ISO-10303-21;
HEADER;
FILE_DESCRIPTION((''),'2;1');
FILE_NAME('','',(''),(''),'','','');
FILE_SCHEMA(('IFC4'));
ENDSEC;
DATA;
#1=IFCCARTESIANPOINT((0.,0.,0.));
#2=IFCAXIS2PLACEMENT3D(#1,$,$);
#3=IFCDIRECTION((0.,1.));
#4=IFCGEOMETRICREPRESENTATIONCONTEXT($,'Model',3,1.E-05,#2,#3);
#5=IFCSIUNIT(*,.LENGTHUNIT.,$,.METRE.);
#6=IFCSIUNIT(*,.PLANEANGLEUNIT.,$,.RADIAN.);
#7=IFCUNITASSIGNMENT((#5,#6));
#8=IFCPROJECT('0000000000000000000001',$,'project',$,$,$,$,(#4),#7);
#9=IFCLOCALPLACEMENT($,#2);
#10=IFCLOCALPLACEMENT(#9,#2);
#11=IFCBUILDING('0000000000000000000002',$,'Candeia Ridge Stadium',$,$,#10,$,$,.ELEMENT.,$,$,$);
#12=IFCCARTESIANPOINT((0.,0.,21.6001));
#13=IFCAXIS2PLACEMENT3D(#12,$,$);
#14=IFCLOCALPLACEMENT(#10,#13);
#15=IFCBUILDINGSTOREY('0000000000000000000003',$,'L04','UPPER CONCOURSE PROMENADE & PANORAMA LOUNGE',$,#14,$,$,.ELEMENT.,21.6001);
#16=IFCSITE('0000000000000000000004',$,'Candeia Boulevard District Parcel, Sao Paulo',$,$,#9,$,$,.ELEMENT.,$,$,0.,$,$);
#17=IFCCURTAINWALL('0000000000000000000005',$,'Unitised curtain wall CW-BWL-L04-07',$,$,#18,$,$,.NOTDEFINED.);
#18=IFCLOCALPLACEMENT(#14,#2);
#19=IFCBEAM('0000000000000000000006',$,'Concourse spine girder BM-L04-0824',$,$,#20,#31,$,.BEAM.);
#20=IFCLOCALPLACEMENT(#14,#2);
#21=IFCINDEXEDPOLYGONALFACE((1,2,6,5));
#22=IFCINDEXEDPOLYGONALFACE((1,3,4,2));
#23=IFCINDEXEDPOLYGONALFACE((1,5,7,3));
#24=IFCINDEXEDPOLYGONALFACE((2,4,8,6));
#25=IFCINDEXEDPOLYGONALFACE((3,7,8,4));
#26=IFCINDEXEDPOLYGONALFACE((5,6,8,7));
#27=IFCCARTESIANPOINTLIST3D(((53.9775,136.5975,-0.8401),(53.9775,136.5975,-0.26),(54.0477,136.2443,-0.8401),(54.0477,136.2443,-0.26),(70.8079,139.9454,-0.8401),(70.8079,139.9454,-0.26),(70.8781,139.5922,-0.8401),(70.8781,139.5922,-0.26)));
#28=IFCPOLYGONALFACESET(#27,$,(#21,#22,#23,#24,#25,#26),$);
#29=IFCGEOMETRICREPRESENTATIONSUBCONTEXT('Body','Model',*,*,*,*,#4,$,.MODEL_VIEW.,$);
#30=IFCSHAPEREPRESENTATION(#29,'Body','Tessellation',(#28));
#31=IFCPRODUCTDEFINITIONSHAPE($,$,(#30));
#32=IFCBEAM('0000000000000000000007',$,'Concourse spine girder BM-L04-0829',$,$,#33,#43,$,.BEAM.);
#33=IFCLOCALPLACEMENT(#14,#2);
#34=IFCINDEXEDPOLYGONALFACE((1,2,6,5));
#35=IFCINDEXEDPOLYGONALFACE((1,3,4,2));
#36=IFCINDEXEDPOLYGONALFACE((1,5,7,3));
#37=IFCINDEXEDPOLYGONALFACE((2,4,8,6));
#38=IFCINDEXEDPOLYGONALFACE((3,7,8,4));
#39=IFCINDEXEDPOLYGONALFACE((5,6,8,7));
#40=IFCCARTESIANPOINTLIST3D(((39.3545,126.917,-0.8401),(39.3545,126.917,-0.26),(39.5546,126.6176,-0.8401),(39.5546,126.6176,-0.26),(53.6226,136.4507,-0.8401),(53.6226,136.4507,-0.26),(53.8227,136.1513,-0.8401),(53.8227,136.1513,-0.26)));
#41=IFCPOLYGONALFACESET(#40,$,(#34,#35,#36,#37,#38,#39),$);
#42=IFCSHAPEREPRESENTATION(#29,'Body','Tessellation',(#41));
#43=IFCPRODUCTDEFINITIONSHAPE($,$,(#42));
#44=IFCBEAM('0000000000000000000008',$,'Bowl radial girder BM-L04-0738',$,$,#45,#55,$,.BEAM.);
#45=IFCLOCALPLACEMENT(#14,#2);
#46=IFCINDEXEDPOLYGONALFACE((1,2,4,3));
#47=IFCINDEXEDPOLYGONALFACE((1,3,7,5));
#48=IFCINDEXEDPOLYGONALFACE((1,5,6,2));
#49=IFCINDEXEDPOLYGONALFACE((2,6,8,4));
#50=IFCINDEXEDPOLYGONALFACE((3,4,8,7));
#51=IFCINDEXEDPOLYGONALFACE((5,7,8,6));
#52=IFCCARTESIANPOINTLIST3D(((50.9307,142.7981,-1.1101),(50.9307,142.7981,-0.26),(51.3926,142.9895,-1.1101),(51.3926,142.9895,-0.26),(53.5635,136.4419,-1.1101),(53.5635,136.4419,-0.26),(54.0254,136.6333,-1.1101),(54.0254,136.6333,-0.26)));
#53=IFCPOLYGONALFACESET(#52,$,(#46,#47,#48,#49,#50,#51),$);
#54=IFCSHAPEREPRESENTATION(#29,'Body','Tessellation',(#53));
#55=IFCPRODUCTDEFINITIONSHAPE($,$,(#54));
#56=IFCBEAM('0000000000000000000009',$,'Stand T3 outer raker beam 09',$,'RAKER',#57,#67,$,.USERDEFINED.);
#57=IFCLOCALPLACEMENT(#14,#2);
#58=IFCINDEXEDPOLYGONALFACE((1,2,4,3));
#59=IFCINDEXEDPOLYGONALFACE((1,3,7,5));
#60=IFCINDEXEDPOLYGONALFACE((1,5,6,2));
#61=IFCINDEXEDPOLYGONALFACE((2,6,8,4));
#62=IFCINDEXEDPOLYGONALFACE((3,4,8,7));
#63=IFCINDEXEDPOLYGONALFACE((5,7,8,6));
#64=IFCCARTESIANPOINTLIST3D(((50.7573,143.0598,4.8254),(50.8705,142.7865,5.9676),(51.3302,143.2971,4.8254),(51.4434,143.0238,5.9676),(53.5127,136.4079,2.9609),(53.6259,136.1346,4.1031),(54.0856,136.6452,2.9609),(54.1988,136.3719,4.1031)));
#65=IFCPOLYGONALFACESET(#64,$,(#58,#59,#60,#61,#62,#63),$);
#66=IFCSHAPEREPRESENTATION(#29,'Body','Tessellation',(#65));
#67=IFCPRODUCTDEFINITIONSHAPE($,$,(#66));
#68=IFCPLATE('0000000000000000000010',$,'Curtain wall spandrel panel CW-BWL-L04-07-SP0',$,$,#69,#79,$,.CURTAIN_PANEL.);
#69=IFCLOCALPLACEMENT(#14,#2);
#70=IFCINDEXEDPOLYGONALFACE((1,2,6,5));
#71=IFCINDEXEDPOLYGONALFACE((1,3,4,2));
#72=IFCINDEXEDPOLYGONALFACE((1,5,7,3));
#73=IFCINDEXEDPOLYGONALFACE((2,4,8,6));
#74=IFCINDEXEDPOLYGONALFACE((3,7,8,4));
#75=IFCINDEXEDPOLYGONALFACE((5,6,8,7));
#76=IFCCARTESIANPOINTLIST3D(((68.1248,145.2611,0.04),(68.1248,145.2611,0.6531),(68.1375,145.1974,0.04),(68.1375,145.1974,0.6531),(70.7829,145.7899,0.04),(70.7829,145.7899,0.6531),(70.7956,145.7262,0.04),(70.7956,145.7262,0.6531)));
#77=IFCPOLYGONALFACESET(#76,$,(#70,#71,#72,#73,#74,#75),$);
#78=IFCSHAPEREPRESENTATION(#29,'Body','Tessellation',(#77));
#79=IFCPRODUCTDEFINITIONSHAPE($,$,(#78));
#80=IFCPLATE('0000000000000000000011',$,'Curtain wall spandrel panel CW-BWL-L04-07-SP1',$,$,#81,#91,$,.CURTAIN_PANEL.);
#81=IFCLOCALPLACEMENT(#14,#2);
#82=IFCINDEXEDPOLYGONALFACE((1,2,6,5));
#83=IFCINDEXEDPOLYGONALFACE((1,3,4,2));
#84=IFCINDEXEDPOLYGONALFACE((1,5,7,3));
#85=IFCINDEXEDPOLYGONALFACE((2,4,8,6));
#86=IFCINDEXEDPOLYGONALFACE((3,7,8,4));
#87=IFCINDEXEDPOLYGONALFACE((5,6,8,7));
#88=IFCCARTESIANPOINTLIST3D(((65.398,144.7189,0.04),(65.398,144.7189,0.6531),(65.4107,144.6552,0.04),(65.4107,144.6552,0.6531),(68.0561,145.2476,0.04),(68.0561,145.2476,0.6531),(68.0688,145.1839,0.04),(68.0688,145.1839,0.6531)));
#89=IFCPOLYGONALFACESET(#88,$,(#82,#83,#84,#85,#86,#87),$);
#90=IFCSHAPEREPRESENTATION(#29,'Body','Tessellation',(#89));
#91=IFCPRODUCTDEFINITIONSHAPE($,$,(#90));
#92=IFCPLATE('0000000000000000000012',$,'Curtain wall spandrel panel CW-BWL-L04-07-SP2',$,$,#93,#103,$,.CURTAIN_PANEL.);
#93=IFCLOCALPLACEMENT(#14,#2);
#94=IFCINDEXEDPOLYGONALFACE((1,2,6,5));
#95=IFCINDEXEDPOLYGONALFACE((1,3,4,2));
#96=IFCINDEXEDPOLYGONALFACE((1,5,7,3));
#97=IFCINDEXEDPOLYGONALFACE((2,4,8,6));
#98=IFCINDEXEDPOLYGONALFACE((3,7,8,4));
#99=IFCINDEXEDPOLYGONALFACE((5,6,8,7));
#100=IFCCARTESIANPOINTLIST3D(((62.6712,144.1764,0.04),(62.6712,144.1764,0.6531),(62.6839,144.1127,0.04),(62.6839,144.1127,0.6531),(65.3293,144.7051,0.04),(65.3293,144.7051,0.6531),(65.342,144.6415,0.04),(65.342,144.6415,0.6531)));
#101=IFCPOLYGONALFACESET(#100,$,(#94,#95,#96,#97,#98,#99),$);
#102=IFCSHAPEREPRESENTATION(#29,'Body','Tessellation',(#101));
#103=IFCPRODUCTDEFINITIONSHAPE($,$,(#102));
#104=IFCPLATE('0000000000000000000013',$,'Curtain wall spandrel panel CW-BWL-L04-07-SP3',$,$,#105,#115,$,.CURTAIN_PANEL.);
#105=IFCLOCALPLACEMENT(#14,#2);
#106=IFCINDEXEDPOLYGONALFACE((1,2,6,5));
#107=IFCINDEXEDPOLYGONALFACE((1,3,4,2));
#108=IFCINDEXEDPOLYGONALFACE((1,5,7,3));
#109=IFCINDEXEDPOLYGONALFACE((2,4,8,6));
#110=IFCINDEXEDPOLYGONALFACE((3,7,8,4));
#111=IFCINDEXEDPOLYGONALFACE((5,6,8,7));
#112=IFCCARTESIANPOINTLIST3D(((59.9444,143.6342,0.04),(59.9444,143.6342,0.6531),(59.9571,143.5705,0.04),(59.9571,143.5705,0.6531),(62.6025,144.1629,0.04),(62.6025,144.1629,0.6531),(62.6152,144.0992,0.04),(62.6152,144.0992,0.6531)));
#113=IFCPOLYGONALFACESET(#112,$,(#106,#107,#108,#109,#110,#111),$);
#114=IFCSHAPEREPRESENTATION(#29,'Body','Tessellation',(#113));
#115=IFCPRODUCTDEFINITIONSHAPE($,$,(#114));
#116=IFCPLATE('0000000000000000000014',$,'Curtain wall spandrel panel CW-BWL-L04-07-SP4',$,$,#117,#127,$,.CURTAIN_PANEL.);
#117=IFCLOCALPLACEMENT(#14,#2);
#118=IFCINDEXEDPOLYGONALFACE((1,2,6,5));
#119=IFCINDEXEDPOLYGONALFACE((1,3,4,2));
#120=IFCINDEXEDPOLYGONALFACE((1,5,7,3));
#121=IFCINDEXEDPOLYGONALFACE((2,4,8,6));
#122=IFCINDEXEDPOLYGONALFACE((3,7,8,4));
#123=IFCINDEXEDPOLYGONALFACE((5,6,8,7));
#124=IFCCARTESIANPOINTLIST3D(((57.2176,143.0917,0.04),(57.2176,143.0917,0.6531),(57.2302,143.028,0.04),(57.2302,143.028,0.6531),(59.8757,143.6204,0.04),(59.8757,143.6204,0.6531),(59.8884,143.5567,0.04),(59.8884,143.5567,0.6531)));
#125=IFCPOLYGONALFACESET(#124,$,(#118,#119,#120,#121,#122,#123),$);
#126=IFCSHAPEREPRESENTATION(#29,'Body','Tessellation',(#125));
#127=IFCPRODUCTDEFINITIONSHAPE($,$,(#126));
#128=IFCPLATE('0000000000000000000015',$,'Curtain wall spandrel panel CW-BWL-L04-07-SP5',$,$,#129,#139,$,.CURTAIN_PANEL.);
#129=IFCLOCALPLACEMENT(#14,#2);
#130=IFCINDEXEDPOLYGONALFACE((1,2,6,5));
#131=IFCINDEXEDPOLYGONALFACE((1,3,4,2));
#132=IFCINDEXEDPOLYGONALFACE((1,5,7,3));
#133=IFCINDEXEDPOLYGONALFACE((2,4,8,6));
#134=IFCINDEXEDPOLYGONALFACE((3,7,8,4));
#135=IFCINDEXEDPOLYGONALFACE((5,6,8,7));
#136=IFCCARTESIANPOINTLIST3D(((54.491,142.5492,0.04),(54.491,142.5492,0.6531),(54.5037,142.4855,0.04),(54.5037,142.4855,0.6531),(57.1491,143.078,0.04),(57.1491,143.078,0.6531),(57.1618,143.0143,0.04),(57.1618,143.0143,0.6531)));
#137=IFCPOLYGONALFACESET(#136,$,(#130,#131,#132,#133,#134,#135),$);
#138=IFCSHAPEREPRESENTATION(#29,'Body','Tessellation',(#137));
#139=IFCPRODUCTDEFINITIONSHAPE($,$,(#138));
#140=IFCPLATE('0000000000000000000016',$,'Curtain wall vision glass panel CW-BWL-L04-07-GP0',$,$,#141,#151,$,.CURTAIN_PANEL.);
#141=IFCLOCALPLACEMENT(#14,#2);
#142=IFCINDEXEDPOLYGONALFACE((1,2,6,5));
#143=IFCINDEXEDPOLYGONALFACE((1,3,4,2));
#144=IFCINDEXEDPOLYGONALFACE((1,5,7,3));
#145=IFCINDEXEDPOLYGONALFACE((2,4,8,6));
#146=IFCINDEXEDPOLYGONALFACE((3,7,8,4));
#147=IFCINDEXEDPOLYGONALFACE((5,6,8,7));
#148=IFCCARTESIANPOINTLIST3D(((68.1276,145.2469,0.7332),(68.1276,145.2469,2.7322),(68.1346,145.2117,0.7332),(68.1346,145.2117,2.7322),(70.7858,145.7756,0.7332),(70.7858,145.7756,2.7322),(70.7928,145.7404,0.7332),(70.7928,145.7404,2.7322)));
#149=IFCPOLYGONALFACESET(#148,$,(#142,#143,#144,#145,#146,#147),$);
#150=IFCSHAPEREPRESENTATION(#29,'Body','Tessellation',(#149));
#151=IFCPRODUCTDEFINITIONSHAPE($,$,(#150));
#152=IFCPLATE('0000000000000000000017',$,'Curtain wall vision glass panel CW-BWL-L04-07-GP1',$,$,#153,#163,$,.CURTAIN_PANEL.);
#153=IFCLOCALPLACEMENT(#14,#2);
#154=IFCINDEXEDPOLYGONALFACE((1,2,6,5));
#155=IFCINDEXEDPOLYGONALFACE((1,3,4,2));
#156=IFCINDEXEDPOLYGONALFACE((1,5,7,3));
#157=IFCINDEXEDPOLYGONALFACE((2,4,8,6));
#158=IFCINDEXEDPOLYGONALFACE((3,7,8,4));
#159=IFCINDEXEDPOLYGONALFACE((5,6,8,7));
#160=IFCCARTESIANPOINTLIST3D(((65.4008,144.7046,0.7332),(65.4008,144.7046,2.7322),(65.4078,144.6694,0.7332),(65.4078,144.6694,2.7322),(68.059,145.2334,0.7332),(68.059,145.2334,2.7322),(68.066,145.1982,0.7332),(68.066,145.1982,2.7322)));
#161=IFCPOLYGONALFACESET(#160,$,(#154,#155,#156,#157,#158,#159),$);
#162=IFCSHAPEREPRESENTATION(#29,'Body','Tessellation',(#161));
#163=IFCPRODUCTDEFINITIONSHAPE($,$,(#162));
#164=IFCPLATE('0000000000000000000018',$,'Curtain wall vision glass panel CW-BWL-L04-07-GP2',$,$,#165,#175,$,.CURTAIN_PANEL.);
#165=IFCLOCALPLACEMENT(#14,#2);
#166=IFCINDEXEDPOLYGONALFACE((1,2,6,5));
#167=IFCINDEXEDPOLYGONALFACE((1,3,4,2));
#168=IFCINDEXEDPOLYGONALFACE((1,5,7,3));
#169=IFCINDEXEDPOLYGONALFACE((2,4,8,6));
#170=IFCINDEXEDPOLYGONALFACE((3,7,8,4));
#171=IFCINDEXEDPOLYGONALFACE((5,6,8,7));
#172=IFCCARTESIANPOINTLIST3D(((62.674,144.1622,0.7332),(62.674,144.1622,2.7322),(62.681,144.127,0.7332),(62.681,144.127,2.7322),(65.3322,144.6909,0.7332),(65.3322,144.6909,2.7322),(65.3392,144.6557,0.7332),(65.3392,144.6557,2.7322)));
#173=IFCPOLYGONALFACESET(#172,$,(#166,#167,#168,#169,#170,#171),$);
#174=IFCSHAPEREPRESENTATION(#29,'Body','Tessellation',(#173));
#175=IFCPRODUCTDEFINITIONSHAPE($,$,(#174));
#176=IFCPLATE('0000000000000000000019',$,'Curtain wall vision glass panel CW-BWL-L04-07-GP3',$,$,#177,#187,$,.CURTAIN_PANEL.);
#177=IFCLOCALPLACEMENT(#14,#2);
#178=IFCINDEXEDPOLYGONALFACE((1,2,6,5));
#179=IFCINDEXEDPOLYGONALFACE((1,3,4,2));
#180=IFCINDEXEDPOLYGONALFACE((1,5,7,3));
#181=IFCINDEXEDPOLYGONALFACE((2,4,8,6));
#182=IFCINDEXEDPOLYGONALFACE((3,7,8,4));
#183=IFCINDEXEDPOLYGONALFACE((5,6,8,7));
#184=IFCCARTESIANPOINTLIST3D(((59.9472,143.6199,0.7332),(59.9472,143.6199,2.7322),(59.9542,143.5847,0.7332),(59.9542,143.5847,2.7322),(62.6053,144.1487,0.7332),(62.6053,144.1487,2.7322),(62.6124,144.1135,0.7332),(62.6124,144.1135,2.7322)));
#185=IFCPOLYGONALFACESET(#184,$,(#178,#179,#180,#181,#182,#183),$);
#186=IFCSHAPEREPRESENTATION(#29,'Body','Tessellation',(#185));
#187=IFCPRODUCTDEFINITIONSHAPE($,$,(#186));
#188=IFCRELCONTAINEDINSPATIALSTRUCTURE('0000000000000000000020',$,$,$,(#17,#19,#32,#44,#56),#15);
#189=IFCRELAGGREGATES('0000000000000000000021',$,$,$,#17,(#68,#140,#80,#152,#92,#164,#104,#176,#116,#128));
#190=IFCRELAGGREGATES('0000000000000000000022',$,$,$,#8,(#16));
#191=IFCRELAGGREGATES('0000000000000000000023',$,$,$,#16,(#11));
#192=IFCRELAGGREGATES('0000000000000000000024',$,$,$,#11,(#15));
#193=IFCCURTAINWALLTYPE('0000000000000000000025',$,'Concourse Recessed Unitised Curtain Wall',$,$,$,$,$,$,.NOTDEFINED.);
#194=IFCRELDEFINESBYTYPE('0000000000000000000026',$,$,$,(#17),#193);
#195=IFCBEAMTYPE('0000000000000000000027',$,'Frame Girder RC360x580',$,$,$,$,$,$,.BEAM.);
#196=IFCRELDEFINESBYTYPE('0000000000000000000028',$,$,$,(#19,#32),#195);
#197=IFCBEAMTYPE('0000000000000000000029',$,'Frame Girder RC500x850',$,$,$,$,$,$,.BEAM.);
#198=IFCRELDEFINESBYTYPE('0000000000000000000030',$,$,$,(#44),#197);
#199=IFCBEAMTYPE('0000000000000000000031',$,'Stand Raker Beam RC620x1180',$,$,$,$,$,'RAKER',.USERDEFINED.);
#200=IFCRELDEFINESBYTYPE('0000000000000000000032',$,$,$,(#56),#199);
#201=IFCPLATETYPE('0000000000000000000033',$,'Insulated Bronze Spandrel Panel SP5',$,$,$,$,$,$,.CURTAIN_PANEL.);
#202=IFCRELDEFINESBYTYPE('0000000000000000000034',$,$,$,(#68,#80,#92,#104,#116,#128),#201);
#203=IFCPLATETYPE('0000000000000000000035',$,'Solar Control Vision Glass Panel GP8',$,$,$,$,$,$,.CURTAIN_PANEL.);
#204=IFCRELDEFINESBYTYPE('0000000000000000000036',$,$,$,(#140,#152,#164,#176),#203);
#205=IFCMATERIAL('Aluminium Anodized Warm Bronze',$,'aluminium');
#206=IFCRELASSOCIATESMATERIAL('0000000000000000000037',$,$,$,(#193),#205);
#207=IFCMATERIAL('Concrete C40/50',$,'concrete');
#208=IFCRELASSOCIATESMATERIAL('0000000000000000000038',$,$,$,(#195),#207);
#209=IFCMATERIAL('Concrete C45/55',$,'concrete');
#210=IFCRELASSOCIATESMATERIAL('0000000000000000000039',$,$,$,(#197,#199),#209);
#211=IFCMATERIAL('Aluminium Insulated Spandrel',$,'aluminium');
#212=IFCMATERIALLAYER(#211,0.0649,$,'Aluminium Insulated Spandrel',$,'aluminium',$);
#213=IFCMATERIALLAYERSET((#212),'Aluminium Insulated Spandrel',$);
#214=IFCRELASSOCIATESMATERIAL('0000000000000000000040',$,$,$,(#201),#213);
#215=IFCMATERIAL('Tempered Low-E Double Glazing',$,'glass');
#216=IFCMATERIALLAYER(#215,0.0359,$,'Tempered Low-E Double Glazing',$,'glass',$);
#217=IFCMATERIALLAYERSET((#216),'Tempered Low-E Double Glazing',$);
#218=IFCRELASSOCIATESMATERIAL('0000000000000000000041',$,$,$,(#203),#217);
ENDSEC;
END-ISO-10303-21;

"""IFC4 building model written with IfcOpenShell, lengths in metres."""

from ifc_helpers import new_model, si_unit, direction, frame, origin, origin_2d, place, context, subcontext, project, spatial, rectangle, extrude, material, layer, layer_set, material_profile, profile_set, type_object, element, aggregate, save


model = new_model("IFC4")

# Units and contexts
model_context = context("Model", 3, precision=1e-05, world=origin(), true_north=direction((0.0, 1.0)))
body_context = subcontext(model_context, "Body", "Model", "MODEL_VIEW")
ifc_project = project(units=[si_unit("LENGTHUNIT", "METRE"), si_unit("PLANEANGLEUNIT", "RADIAN")], contexts=[model_context])

# Site, building, storey
site_placement = place(None, origin())
site = spatial("IfcSite", under=ifc_project, at=site_placement, Name="Candeia Boulevard District Parcel, Sao Paulo", CompositionType="ELEMENT", RefElevation=0.0)
building_placement = place(site_placement, origin())
building = spatial("IfcBuilding", under=site, at=building_placement, Name="Candeia Ridge Stadium", CompositionType="ELEMENT")
storey_placement = place(building_placement, frame((0.0, 0.0, 21.6001)))
storey = spatial("IfcBuildingStorey", under=building, at=storey_placement, Name="L04", Description="UPPER CONCOURSE PROMENADE & PANORAMA LOUNGE", CompositionType="ELEMENT", Elevation=21.6001)

# Shared definitions
ifc_material_1 = material(Name="Concrete C45/55", Category="concrete")

# Shared definitions
ifc_material_2 = material(Name="Concrete C40/50", Category="concrete")

# Curtain wall
ifc_material_3 = material(Name="Aluminium Anodized Warm Bronze", Category="aluminium")
curtain_wall_type = type_object("IfcCurtainWallType", Name="Concourse Recessed Unitised Curtain Wall", PredefinedType="NOTDEFINED", material=ifc_material_3)
curtain_wall_placement = place(storey_placement, origin())
curtain_wall = element("IfcCurtainWall", 1, at=curtain_wall_placement, inside=storey, type_object=curtain_wall_type, Name="Unitised curtain wall CW-BWL-L04-07", PredefinedType="NOTDEFINED")

# Beams
ifc_material_profile_1 = material_profile(ifc_material_2, rectangle(XDim=0.3601, YDim=0.5801, at=origin_2d()), Name="RC360x580", Category="concrete")
ifc_profile_set_1 = profile_set([ifc_material_profile_1], Name="Concrete C40/50")
beam_type_1 = type_object("IfcBeamType", Name="Frame Girder RC360x580", PredefinedType="BEAM", material=ifc_profile_set_1)
for number, where, z_axis, x_axis, name in (
    (2, (70.843, 139.7688, -0.55), (-0.980784, -0.195098, 0.0), (0.195098, -0.980784, 0.0), "Concourse spine girder BM-L04-0824"),
    (3, (53.7227, 136.301, -0.55), (-0.831468, -0.555573, 0.0), (0.555573, -0.831468, 0.0), "Concourse spine girder BM-L04-0829"),
):
    element("IfcBeam", number, at=place(storey_placement, frame(where, z_axis=z_axis, x_axis=x_axis)), inside=storey, type_object=beam_type_1, Name=name, PredefinedType="BEAM", context=body_context, shape_type="SweptSolid", body=[
        extrude(rectangle(XDim=0.3601, YDim=0.5801, at=origin_2d()), origin(), (0.0, 0.0, 1.0), 17.1602),
    ])
ifc_material_profile_2 = material_profile(ifc_material_1, rectangle(XDim=0.5, YDim=0.8501, at=origin_2d()), Name="RC500x850", Category="concrete")
ifc_profile_set_2 = profile_set([ifc_material_profile_2], Name="Concrete C45/55")
beam_type_2 = type_object("IfcBeamType", Name="Frame Girder RC500x850", PredefinedType="BEAM", material=ifc_profile_set_2)
beam_1_placement = place(storey_placement, frame((53.7944, 136.5376, -0.6851), z_axis=(-0.382682, 0.92388, 0.0), x_axis=(-0.92388, -0.382682, 0.0)))
element("IfcBeam", 4, at=beam_1_placement, inside=storey, type_object=beam_type_2, Name="Bowl radial girder BM-L04-0738", PredefinedType="BEAM", context=body_context, shape_type="SweptSolid", body=[
    extrude(rectangle(XDim=0.5, YDim=0.8501, at=origin_2d()), origin(), (0.0, 0.0, 1.0), 6.8799),
])
ifc_material_profile_3 = material_profile(ifc_material_1, rectangle(XDim=0.6201, YDim=1.1799, at=origin_2d()), Name="RC620x1180", Category="concrete")
ifc_profile_set_3 = profile_set([ifc_material_profile_3], Name="Concrete C45/55")
beam_type_3 = type_object("IfcBeamType", Name="Stand Raker Beam RC620x1180", ElementType="RAKER", PredefinedType="USERDEFINED", material=ifc_profile_set_3)
beam_2_placement = place(storey_placement, frame((53.8557, 136.3899, 3.532), z_axis=(-0.370473, 0.894373, 0.250691), x_axis=(-0.923875, -0.382693, 0.0)))
element("IfcBeam", 5, at=beam_2_placement, inside=storey, type_object=beam_type_3, Name="Stand T3 outer raker beam 09", ObjectType="RAKER", PredefinedType="USERDEFINED", context=body_context, shape_type="SweptSolid", body=[
    extrude(rectangle(XDim=0.6201, YDim=1.1799, at=origin_2d()), origin(), (0.0, 0.0, 1.0), 7.4375),
])

# Plates
ifc_material_4 = material(Name="Aluminium Insulated Spandrel", Category="aluminium")
ifc_layer_1 = layer(ifc_material_4, 0.0649, Name="Aluminium Insulated Spandrel", Category="aluminium")
ifc_layer_set_1 = layer_set([ifc_layer_1], Name="Aluminium Insulated Spandrel")
plate_type_1 = type_object("IfcPlateType", Name="Insulated Bronze Spandrel Panel SP5", PredefinedType="CURTAIN_PANEL", material=ifc_layer_set_1)
plate_1_placement = place(storey_placement, frame((69.4602, 145.4937, 0.04), z_axis=(0.0, 0.0, 1.0), x_axis=(-0.980785, -0.19509, 0.0)))
plate_1 = element("IfcPlate", 6, at=plate_1_placement, type_object=plate_type_1, Name="Curtain wall spandrel panel CW-BWL-L04-07-SP0", PredefinedType="CURTAIN_PANEL", context=body_context, shape_type="SweptSolid", body=[
    extrude(rectangle(XDim=2.7102, YDim=0.0649, at=origin_2d()), origin(), (0.0, 0.0, 1.0), 0.613),
])
plate_2_placement = place(storey_placement, frame((66.7334, 144.9514, 0.04), z_axis=(0.0, 0.0, 1.0), x_axis=(-0.980785, -0.19509, 0.0)))
plate_2 = element("IfcPlate", 7, at=plate_2_placement, type_object=plate_type_1, Name="Curtain wall spandrel panel CW-BWL-L04-07-SP1", PredefinedType="CURTAIN_PANEL", context=body_context, shape_type="SweptSolid", body=[
    extrude(rectangle(XDim=2.7102, YDim=0.0649, at=origin_2d()), origin(), (0.0, 0.0, 1.0), 0.613),
])
plate_3_placement = place(storey_placement, frame((64.0066, 144.4089, 0.04), z_axis=(0.0, 0.0, 1.0), x_axis=(-0.980785, -0.19509, 0.0)))
plate_3 = element("IfcPlate", 8, at=plate_3_placement, type_object=plate_type_1, Name="Curtain wall spandrel panel CW-BWL-L04-07-SP2", PredefinedType="CURTAIN_PANEL", context=body_context, shape_type="SweptSolid", body=[
    extrude(rectangle(XDim=2.7102, YDim=0.0649, at=origin_2d()), origin(), (0.0, 0.0, 1.0), 0.613),
])
plate_4_placement = place(storey_placement, frame((61.2798, 143.8667, 0.04), z_axis=(0.0, 0.0, 1.0), x_axis=(-0.980785, -0.19509, 0.0)))
plate_4 = element("IfcPlate", 9, at=plate_4_placement, type_object=plate_type_1, Name="Curtain wall spandrel panel CW-BWL-L04-07-SP3", PredefinedType="CURTAIN_PANEL", context=body_context, shape_type="SweptSolid", body=[
    extrude(rectangle(XDim=2.7102, YDim=0.0649, at=origin_2d()), origin(), (0.0, 0.0, 1.0), 0.613),
])
plate_5_placement = place(storey_placement, frame((58.553, 143.3242, 0.04), z_axis=(0.0, 0.0, 1.0), x_axis=(-0.980785, -0.19509, 0.0)))
plate_5 = element("IfcPlate", 10, at=plate_5_placement, type_object=plate_type_1, Name="Curtain wall spandrel panel CW-BWL-L04-07-SP4", PredefinedType="CURTAIN_PANEL", context=body_context, shape_type="SweptSolid", body=[
    extrude(rectangle(XDim=2.7102, YDim=0.0649, at=origin_2d()), origin(), (0.0, 0.0, 1.0), 0.613),
])
plate_6_placement = place(storey_placement, frame((55.8264, 142.7817, 0.04), z_axis=(0.0, 0.0, 1.0), x_axis=(-0.980785, -0.19509, 0.0)))
plate_6 = element("IfcPlate", 11, at=plate_6_placement, type_object=plate_type_1, Name="Curtain wall spandrel panel CW-BWL-L04-07-SP5", PredefinedType="CURTAIN_PANEL", context=body_context, shape_type="SweptSolid", body=[
    extrude(rectangle(XDim=2.7102, YDim=0.0649, at=origin_2d()), origin(), (0.0, 0.0, 1.0), 0.613),
])
ifc_material_5 = material(Name="Tempered Low-E Double Glazing", Category="glass")
ifc_layer_2 = layer(ifc_material_5, 0.0359, Name="Tempered Low-E Double Glazing", Category="glass")
ifc_layer_set_2 = layer_set([ifc_layer_2], Name="Tempered Low-E Double Glazing")
plate_type_2 = type_object("IfcPlateType", Name="Solar Control Vision Glass Panel GP8", PredefinedType="CURTAIN_PANEL", material=ifc_layer_set_2)
plate_7_placement = place(storey_placement, frame((69.4602, 145.4937, 0.7332), z_axis=(0.0, 0.0, 1.0), x_axis=(-0.980785, -0.19509, 0.0)))
plate_7 = element("IfcPlate", 12, at=plate_7_placement, type_object=plate_type_2, Name="Curtain wall vision glass panel CW-BWL-L04-07-GP0", PredefinedType="CURTAIN_PANEL", context=body_context, shape_type="SweptSolid", body=[
    extrude(rectangle(XDim=2.7102, YDim=0.0359, at=origin_2d()), origin(), (0.0, 0.0, 1.0), 1.999),
])
plate_8_placement = place(storey_placement, frame((66.7334, 144.9514, 0.7332), z_axis=(0.0, 0.0, 1.0), x_axis=(-0.980785, -0.19509, 0.0)))
plate_8 = element("IfcPlate", 13, at=plate_8_placement, type_object=plate_type_2, Name="Curtain wall vision glass panel CW-BWL-L04-07-GP1", PredefinedType="CURTAIN_PANEL", context=body_context, shape_type="SweptSolid", body=[
    extrude(rectangle(XDim=2.7102, YDim=0.0359, at=origin_2d()), origin(), (0.0, 0.0, 1.0), 1.999),
])
plate_9_placement = place(storey_placement, frame((64.0066, 144.4089, 0.7332), z_axis=(0.0, 0.0, 1.0), x_axis=(-0.980785, -0.19509, 0.0)))
plate_9 = element("IfcPlate", 14, at=plate_9_placement, type_object=plate_type_2, Name="Curtain wall vision glass panel CW-BWL-L04-07-GP2", PredefinedType="CURTAIN_PANEL", context=body_context, shape_type="SweptSolid", body=[
    extrude(rectangle(XDim=2.7102, YDim=0.0359, at=origin_2d()), origin(), (0.0, 0.0, 1.0), 1.999),
])
plate_10_placement = place(storey_placement, frame((61.2798, 143.8667, 0.7332), z_axis=(0.0, 0.0, 1.0), x_axis=(-0.980785, -0.19509, 0.0)))
plate_10 = element("IfcPlate", 15, at=plate_10_placement, type_object=plate_type_2, Name="Curtain wall vision glass panel CW-BWL-L04-07-GP3", PredefinedType="CURTAIN_PANEL", context=body_context, shape_type="SweptSolid", body=[
    extrude(rectangle(XDim=2.7102, YDim=0.0359, at=origin_2d()), origin(), (0.0, 0.0, 1.0), 1.999),
])
aggregate(curtain_wall, [plate_1, plate_7, plate_2, plate_8, plate_3, plate_9, plate_4, plate_10, plate_5, plate_6])

save(model, "model.ifc")
